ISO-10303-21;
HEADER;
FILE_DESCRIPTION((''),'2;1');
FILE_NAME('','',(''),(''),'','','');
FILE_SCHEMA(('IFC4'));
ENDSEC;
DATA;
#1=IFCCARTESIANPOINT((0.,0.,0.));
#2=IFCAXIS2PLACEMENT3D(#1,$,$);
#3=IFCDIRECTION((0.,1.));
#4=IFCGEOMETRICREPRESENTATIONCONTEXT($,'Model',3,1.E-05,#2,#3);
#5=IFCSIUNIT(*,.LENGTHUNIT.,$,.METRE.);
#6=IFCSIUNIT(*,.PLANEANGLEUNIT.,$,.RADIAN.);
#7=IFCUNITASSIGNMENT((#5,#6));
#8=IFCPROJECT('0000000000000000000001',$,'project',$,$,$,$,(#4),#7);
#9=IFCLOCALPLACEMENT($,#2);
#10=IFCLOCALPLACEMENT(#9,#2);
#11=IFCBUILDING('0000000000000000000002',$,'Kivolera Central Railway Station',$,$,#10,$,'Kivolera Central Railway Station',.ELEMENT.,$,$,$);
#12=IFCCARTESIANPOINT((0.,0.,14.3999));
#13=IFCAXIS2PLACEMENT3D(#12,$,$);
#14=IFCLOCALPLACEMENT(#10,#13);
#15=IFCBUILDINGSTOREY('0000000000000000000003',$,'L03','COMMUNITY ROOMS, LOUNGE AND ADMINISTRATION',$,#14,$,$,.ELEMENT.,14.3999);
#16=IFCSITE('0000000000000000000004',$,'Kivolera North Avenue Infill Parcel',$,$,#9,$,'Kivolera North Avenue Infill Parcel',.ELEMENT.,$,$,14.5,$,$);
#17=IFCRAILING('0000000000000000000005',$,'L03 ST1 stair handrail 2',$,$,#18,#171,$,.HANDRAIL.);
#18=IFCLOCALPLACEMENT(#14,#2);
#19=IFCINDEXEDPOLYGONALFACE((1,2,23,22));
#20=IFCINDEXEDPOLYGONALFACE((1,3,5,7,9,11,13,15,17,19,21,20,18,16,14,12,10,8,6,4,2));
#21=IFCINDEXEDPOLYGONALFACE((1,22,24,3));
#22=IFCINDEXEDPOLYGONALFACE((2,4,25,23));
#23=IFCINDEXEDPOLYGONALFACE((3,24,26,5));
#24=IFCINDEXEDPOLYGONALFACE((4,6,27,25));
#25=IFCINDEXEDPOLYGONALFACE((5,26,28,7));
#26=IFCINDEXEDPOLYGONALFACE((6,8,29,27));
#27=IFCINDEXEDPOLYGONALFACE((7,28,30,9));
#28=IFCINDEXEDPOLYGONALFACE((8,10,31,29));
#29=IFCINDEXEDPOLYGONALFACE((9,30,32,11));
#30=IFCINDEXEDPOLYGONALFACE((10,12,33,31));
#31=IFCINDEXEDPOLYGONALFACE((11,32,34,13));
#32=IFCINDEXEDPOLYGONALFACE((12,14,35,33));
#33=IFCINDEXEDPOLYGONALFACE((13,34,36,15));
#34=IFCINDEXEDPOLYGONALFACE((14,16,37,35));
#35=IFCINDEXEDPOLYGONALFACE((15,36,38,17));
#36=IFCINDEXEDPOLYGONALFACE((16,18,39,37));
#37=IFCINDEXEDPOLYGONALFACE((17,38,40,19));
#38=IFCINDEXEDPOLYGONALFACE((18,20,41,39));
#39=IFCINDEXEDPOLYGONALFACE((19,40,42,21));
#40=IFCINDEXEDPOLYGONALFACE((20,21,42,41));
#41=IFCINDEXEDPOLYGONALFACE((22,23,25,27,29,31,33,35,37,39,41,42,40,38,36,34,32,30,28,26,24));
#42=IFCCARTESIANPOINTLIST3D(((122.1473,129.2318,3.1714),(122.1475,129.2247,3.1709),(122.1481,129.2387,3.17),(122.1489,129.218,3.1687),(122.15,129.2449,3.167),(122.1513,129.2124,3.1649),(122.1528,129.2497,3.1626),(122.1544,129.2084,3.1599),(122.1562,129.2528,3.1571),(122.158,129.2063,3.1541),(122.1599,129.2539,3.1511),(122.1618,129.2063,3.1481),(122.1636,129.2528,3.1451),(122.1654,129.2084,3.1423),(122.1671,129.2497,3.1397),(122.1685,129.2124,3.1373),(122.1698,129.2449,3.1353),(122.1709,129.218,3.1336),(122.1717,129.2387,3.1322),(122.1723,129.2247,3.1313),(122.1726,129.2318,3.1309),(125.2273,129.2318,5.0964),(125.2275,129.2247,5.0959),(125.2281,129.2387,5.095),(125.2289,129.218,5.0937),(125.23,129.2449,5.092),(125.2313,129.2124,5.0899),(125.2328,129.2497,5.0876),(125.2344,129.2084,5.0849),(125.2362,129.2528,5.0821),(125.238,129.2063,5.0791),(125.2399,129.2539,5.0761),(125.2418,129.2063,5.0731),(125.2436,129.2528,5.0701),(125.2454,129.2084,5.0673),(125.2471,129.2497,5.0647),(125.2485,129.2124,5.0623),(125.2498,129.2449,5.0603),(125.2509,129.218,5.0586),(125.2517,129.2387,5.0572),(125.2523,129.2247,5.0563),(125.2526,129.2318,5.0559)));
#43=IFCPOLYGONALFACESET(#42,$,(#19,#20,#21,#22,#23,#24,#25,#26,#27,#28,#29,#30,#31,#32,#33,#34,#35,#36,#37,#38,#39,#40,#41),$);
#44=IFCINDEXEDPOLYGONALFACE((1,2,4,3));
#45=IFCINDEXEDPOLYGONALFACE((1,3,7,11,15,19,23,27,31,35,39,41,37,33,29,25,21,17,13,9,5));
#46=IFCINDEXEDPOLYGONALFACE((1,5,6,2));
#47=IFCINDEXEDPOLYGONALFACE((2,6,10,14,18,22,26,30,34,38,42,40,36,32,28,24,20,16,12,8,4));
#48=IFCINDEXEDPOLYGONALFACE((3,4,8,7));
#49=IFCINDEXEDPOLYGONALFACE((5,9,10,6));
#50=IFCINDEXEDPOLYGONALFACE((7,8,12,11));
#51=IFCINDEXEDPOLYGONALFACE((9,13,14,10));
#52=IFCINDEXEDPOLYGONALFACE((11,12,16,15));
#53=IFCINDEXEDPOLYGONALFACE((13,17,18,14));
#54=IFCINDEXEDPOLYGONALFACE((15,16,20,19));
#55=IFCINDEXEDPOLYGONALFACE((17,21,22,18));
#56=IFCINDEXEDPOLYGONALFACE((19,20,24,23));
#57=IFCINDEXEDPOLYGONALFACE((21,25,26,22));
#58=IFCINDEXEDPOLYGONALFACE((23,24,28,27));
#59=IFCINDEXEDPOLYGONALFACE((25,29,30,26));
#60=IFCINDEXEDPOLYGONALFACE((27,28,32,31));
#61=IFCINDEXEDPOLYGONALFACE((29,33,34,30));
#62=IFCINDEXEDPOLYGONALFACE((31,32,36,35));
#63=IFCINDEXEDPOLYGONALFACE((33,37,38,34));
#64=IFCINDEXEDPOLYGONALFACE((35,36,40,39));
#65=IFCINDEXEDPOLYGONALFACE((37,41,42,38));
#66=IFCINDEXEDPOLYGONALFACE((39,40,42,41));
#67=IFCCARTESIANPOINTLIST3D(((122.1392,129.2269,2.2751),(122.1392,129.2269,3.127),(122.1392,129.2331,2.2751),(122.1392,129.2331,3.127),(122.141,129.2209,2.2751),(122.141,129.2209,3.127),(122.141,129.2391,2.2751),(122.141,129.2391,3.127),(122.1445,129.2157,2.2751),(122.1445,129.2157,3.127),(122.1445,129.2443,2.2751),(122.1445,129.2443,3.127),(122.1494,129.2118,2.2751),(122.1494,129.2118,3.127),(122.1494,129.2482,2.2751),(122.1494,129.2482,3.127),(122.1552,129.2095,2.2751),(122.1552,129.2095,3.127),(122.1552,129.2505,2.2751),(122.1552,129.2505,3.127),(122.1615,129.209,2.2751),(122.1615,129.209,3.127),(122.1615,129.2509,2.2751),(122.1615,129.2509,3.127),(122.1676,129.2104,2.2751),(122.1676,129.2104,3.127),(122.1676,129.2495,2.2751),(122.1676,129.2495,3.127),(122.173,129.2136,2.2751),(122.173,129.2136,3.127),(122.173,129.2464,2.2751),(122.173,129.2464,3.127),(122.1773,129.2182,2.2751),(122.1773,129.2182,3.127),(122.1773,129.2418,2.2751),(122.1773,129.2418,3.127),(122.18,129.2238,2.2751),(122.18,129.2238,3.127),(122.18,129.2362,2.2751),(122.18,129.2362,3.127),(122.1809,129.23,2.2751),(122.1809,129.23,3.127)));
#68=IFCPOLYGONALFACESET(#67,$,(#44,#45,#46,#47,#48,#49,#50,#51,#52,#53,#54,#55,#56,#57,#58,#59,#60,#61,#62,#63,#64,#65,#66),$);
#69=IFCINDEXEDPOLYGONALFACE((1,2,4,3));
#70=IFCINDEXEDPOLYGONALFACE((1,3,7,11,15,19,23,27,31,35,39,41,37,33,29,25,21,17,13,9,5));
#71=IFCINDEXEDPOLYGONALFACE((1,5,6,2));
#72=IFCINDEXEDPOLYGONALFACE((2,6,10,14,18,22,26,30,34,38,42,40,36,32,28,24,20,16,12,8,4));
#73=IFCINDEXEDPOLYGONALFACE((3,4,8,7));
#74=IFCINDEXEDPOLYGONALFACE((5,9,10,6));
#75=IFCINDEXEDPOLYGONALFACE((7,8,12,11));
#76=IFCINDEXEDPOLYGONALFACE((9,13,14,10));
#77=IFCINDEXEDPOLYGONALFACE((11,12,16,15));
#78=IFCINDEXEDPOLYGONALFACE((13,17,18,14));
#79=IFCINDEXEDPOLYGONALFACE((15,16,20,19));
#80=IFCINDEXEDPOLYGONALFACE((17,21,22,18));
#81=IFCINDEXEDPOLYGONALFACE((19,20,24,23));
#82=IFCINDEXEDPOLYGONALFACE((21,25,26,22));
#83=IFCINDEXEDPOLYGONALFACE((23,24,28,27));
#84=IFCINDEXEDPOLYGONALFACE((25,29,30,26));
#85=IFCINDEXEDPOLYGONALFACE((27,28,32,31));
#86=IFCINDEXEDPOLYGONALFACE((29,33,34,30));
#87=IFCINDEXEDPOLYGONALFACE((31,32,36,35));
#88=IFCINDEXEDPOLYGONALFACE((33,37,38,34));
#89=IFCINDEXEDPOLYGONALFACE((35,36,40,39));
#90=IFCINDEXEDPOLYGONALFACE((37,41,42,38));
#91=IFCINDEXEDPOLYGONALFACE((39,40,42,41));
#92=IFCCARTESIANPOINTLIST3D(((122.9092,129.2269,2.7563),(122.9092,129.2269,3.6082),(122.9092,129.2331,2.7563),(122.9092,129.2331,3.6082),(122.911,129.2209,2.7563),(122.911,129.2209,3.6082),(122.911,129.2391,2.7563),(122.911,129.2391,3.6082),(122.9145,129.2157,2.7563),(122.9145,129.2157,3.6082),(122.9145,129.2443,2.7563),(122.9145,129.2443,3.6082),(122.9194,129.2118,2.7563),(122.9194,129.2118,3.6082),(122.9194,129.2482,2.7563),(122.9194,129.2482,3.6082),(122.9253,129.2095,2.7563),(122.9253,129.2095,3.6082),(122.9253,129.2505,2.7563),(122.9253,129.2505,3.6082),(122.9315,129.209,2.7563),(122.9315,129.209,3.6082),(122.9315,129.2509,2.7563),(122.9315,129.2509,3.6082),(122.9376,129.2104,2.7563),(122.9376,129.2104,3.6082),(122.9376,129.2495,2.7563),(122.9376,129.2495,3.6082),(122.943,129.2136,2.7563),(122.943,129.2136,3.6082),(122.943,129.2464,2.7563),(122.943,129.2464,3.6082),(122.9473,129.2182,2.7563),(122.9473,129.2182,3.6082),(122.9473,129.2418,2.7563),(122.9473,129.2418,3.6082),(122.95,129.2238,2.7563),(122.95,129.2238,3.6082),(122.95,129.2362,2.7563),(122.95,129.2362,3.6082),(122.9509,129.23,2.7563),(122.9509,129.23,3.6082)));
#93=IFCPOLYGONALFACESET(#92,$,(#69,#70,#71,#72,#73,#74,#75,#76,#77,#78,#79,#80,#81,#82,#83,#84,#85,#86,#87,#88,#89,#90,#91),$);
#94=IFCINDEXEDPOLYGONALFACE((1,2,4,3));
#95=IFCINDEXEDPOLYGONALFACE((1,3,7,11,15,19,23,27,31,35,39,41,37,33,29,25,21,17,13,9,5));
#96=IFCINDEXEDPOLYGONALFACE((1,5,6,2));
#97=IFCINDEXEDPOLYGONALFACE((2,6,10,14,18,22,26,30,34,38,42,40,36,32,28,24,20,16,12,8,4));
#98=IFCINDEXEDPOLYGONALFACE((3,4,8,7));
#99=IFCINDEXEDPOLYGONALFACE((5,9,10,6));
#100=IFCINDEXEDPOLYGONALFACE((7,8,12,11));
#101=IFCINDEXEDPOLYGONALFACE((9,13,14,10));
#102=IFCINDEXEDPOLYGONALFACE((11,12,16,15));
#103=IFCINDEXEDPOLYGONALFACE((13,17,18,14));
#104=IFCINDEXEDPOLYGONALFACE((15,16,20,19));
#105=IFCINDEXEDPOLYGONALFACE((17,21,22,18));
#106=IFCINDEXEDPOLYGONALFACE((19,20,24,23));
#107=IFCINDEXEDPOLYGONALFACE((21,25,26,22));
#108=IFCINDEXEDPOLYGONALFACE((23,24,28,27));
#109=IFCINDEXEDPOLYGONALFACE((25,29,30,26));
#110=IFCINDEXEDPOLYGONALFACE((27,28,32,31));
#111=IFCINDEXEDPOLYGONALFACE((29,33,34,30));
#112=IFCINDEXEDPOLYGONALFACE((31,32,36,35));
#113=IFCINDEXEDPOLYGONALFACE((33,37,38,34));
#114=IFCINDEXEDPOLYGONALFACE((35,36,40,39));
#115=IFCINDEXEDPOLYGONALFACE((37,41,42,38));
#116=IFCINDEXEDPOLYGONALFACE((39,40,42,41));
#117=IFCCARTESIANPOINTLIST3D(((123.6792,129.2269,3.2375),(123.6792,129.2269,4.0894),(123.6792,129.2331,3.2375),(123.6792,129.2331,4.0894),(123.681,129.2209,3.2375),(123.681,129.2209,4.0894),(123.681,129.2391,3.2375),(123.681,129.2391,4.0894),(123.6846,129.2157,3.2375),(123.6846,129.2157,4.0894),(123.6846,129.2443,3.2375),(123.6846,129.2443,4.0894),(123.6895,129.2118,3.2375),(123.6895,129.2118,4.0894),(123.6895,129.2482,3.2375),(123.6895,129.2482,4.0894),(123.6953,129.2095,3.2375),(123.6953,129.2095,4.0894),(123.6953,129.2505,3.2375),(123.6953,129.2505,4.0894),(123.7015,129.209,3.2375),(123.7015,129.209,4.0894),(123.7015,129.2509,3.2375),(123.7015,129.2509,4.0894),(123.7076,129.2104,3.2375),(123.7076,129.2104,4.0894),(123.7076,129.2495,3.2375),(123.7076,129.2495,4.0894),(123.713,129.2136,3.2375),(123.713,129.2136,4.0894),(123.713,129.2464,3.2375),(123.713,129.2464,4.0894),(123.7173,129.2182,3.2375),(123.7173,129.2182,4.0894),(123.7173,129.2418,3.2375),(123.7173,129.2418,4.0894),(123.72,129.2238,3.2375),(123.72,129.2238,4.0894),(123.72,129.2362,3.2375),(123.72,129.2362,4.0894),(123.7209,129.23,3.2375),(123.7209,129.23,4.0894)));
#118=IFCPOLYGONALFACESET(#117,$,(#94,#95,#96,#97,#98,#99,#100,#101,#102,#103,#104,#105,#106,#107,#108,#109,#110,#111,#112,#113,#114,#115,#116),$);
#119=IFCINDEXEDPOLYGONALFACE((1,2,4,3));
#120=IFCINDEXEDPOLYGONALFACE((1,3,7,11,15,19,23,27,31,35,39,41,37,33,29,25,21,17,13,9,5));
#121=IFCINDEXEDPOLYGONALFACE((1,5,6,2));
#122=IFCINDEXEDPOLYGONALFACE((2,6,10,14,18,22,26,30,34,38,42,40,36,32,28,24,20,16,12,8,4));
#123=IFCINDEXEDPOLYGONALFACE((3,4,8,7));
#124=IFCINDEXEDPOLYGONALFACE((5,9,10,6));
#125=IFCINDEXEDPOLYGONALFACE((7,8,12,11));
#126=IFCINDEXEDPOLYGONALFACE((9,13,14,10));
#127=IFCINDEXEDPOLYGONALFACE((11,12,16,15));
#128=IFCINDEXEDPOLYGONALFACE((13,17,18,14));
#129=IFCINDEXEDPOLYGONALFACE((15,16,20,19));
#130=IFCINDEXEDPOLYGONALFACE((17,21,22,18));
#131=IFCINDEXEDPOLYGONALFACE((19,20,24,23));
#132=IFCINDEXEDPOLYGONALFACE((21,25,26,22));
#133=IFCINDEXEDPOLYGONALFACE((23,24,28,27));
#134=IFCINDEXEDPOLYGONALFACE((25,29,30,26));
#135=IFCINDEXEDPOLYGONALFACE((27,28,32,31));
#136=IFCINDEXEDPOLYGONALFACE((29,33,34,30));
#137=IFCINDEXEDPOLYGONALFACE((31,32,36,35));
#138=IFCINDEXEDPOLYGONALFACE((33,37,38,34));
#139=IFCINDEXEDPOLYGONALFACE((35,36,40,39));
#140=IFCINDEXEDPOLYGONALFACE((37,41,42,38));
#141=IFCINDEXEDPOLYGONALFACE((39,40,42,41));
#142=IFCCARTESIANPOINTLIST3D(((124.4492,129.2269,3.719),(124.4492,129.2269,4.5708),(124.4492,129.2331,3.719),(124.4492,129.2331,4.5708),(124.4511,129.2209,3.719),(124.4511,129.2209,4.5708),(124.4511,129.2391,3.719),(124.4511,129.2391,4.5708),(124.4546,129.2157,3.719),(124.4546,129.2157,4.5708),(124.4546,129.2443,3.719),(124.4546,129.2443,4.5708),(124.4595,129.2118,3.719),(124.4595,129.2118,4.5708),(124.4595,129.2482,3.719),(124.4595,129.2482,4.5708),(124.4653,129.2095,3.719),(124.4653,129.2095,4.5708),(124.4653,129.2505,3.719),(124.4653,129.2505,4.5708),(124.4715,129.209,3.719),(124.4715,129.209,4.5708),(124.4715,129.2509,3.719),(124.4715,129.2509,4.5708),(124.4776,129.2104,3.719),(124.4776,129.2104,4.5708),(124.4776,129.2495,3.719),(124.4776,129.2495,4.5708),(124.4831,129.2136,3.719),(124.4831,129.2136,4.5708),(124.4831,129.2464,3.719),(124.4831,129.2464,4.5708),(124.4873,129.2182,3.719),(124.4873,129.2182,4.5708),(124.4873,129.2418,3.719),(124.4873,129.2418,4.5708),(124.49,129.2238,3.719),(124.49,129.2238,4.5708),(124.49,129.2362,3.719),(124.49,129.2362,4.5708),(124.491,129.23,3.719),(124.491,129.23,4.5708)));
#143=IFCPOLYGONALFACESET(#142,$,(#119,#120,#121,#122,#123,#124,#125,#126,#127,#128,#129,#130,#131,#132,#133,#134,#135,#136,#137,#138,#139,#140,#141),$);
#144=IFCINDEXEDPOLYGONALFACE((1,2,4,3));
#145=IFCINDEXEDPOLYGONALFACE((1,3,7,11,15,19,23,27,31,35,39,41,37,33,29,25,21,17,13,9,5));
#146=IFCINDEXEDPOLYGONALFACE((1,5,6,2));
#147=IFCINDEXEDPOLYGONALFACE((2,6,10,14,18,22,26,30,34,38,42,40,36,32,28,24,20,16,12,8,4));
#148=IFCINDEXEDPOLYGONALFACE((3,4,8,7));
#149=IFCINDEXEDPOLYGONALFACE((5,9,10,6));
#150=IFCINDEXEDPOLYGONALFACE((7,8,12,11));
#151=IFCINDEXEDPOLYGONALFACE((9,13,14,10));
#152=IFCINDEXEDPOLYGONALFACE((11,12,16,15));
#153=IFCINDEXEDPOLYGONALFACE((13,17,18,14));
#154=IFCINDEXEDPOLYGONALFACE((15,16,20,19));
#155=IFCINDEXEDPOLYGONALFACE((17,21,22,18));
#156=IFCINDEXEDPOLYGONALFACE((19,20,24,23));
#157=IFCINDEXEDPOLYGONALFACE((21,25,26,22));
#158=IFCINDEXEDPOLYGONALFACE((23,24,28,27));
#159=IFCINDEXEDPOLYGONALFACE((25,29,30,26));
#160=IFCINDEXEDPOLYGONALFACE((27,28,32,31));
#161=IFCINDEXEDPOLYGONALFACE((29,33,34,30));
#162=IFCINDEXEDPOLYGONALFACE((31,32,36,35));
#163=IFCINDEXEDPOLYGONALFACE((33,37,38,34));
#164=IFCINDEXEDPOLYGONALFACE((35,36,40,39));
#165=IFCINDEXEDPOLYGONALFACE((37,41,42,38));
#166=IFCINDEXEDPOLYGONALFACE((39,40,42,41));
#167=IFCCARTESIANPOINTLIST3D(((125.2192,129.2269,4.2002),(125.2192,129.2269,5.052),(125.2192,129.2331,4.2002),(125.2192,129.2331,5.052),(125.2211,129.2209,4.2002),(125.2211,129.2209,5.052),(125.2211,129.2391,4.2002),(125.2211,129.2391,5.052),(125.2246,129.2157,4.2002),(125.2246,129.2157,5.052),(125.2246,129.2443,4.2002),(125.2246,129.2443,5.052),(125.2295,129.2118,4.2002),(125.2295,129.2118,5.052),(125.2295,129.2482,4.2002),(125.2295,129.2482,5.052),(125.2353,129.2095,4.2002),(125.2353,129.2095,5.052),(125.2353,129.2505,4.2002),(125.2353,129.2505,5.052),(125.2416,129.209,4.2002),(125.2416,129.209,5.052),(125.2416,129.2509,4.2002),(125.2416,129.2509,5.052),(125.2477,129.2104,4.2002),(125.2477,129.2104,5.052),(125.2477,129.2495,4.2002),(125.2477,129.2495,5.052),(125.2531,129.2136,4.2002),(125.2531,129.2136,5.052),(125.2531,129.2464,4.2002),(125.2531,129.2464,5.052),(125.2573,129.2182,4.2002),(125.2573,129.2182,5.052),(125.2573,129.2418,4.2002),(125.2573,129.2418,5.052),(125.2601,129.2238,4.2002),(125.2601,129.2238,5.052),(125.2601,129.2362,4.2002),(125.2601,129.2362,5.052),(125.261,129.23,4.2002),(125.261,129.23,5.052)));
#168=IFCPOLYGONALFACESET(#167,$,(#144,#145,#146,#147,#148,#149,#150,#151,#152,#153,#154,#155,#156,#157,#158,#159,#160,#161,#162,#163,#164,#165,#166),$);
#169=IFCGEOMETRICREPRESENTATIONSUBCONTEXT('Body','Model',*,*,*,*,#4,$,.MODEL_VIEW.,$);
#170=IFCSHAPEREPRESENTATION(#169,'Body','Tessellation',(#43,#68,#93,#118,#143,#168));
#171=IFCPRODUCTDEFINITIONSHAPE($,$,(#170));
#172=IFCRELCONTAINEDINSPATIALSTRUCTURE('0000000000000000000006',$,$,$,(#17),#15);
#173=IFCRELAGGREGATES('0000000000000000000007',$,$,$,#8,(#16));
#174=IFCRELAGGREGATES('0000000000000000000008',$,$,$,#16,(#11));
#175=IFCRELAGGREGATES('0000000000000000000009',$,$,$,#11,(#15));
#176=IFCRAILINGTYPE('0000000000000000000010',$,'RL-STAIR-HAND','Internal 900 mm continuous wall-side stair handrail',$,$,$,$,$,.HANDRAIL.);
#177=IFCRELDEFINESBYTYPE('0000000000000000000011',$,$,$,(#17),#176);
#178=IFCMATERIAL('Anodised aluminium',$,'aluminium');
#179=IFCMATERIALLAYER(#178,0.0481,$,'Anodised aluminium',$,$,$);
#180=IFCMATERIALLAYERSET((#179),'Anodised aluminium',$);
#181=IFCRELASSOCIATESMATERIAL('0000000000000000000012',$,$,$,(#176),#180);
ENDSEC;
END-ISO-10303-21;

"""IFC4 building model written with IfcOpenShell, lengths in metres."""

from ifc_helpers import new_model, si_unit, direction, frame, origin, origin_2d, place, context, subcontext, project, spatial, circle, extrude, material, layer, layer_set, type_object, element, save


model = new_model("IFC4")

# Units and contexts
model_context = context("Model", 3, precision=1e-05, world=origin(), true_north=direction((0.0, 1.0)))
body_context = subcontext(model_context, "Body", "Model", "MODEL_VIEW")
ifc_project = project(units=[si_unit("LENGTHUNIT", "METRE"), si_unit("PLANEANGLEUNIT", "RADIAN")], contexts=[model_context])

# Site, building, storey
site_placement = place(None, origin())
site = spatial("IfcSite", under=ifc_project, at=site_placement, Name="Kivolera North Avenue Infill Parcel", LongName="Kivolera North Avenue Infill Parcel", CompositionType="ELEMENT", RefElevation=14.5)
building_placement = place(site_placement, origin())
building = spatial("IfcBuilding", under=site, at=building_placement, Name="Kivolera Central Railway Station", LongName="Kivolera Central Railway Station", CompositionType="ELEMENT")
storey_placement = place(building_placement, frame((0.0, 0.0, 14.3999)))
storey = spatial("IfcBuildingStorey", under=building, at=storey_placement, Name="L03", Description="COMMUNITY ROOMS, LOUNGE AND ADMINISTRATION", CompositionType="ELEMENT", Elevation=14.3999)

# Shared definitions
ifc_material_1 = material(Name="Anodised aluminium", Category="aluminium")

# Railing
ifc_layer_1 = layer(ifc_material_1, 0.0481, Name="Anodised aluminium")
ifc_layer_set_1 = layer_set([ifc_layer_1], Name="Anodised aluminium")
railing_type_1 = type_object("IfcRailingType", Name="RL-STAIR-HAND", Description="Internal 900 mm continuous wall-side stair handrail", PredefinedType="HANDRAIL", material=ifc_layer_set_1)
railing_1_placement = place(storey_placement, frame((122.1599, 129.23, 2.2751)))
element("IfcRailing", 1, at=railing_1_placement, inside=storey, type_object=railing_type_1, Name="L03 ST1 stair handrail 2", PredefinedType="HANDRAIL", context=body_context, shape_type="SweptSolid", body=[
    extrude(circle(Radius=0.0239, at=origin_2d()), frame((0.0, 0.0, 0.876), z_axis=(0.847998, 0.0, 0.529999), x_axis=(0.0, 1.0, 0.0)), (0.0, 0.0, 1.0), 3.6321),
    extrude(circle(Radius=0.021, at=origin_2d()), origin(), (0.0, 0.0, 1.0), 0.8518),
    extrude(circle(Radius=0.021, at=origin_2d()), frame((0.77, 0.0, 0.4812)), (0.0, 0.0, 1.0), 0.8518),
    extrude(circle(Radius=0.021, at=origin_2d()), frame((1.54, 0.0, 0.9624)), (0.0, 0.0, 1.0), 0.8518),
    extrude(circle(Radius=0.021, at=origin_2d()), frame((2.3101, 0.0, 1.4438)), (0.0, 0.0, 1.0), 0.8518),
    extrude(circle(Radius=0.021, at=origin_2d()), frame((3.0801, 0.0, 1.925)), (0.0, 0.0, 1.0), 0.8518),
])

save(model, "model.ifc")
